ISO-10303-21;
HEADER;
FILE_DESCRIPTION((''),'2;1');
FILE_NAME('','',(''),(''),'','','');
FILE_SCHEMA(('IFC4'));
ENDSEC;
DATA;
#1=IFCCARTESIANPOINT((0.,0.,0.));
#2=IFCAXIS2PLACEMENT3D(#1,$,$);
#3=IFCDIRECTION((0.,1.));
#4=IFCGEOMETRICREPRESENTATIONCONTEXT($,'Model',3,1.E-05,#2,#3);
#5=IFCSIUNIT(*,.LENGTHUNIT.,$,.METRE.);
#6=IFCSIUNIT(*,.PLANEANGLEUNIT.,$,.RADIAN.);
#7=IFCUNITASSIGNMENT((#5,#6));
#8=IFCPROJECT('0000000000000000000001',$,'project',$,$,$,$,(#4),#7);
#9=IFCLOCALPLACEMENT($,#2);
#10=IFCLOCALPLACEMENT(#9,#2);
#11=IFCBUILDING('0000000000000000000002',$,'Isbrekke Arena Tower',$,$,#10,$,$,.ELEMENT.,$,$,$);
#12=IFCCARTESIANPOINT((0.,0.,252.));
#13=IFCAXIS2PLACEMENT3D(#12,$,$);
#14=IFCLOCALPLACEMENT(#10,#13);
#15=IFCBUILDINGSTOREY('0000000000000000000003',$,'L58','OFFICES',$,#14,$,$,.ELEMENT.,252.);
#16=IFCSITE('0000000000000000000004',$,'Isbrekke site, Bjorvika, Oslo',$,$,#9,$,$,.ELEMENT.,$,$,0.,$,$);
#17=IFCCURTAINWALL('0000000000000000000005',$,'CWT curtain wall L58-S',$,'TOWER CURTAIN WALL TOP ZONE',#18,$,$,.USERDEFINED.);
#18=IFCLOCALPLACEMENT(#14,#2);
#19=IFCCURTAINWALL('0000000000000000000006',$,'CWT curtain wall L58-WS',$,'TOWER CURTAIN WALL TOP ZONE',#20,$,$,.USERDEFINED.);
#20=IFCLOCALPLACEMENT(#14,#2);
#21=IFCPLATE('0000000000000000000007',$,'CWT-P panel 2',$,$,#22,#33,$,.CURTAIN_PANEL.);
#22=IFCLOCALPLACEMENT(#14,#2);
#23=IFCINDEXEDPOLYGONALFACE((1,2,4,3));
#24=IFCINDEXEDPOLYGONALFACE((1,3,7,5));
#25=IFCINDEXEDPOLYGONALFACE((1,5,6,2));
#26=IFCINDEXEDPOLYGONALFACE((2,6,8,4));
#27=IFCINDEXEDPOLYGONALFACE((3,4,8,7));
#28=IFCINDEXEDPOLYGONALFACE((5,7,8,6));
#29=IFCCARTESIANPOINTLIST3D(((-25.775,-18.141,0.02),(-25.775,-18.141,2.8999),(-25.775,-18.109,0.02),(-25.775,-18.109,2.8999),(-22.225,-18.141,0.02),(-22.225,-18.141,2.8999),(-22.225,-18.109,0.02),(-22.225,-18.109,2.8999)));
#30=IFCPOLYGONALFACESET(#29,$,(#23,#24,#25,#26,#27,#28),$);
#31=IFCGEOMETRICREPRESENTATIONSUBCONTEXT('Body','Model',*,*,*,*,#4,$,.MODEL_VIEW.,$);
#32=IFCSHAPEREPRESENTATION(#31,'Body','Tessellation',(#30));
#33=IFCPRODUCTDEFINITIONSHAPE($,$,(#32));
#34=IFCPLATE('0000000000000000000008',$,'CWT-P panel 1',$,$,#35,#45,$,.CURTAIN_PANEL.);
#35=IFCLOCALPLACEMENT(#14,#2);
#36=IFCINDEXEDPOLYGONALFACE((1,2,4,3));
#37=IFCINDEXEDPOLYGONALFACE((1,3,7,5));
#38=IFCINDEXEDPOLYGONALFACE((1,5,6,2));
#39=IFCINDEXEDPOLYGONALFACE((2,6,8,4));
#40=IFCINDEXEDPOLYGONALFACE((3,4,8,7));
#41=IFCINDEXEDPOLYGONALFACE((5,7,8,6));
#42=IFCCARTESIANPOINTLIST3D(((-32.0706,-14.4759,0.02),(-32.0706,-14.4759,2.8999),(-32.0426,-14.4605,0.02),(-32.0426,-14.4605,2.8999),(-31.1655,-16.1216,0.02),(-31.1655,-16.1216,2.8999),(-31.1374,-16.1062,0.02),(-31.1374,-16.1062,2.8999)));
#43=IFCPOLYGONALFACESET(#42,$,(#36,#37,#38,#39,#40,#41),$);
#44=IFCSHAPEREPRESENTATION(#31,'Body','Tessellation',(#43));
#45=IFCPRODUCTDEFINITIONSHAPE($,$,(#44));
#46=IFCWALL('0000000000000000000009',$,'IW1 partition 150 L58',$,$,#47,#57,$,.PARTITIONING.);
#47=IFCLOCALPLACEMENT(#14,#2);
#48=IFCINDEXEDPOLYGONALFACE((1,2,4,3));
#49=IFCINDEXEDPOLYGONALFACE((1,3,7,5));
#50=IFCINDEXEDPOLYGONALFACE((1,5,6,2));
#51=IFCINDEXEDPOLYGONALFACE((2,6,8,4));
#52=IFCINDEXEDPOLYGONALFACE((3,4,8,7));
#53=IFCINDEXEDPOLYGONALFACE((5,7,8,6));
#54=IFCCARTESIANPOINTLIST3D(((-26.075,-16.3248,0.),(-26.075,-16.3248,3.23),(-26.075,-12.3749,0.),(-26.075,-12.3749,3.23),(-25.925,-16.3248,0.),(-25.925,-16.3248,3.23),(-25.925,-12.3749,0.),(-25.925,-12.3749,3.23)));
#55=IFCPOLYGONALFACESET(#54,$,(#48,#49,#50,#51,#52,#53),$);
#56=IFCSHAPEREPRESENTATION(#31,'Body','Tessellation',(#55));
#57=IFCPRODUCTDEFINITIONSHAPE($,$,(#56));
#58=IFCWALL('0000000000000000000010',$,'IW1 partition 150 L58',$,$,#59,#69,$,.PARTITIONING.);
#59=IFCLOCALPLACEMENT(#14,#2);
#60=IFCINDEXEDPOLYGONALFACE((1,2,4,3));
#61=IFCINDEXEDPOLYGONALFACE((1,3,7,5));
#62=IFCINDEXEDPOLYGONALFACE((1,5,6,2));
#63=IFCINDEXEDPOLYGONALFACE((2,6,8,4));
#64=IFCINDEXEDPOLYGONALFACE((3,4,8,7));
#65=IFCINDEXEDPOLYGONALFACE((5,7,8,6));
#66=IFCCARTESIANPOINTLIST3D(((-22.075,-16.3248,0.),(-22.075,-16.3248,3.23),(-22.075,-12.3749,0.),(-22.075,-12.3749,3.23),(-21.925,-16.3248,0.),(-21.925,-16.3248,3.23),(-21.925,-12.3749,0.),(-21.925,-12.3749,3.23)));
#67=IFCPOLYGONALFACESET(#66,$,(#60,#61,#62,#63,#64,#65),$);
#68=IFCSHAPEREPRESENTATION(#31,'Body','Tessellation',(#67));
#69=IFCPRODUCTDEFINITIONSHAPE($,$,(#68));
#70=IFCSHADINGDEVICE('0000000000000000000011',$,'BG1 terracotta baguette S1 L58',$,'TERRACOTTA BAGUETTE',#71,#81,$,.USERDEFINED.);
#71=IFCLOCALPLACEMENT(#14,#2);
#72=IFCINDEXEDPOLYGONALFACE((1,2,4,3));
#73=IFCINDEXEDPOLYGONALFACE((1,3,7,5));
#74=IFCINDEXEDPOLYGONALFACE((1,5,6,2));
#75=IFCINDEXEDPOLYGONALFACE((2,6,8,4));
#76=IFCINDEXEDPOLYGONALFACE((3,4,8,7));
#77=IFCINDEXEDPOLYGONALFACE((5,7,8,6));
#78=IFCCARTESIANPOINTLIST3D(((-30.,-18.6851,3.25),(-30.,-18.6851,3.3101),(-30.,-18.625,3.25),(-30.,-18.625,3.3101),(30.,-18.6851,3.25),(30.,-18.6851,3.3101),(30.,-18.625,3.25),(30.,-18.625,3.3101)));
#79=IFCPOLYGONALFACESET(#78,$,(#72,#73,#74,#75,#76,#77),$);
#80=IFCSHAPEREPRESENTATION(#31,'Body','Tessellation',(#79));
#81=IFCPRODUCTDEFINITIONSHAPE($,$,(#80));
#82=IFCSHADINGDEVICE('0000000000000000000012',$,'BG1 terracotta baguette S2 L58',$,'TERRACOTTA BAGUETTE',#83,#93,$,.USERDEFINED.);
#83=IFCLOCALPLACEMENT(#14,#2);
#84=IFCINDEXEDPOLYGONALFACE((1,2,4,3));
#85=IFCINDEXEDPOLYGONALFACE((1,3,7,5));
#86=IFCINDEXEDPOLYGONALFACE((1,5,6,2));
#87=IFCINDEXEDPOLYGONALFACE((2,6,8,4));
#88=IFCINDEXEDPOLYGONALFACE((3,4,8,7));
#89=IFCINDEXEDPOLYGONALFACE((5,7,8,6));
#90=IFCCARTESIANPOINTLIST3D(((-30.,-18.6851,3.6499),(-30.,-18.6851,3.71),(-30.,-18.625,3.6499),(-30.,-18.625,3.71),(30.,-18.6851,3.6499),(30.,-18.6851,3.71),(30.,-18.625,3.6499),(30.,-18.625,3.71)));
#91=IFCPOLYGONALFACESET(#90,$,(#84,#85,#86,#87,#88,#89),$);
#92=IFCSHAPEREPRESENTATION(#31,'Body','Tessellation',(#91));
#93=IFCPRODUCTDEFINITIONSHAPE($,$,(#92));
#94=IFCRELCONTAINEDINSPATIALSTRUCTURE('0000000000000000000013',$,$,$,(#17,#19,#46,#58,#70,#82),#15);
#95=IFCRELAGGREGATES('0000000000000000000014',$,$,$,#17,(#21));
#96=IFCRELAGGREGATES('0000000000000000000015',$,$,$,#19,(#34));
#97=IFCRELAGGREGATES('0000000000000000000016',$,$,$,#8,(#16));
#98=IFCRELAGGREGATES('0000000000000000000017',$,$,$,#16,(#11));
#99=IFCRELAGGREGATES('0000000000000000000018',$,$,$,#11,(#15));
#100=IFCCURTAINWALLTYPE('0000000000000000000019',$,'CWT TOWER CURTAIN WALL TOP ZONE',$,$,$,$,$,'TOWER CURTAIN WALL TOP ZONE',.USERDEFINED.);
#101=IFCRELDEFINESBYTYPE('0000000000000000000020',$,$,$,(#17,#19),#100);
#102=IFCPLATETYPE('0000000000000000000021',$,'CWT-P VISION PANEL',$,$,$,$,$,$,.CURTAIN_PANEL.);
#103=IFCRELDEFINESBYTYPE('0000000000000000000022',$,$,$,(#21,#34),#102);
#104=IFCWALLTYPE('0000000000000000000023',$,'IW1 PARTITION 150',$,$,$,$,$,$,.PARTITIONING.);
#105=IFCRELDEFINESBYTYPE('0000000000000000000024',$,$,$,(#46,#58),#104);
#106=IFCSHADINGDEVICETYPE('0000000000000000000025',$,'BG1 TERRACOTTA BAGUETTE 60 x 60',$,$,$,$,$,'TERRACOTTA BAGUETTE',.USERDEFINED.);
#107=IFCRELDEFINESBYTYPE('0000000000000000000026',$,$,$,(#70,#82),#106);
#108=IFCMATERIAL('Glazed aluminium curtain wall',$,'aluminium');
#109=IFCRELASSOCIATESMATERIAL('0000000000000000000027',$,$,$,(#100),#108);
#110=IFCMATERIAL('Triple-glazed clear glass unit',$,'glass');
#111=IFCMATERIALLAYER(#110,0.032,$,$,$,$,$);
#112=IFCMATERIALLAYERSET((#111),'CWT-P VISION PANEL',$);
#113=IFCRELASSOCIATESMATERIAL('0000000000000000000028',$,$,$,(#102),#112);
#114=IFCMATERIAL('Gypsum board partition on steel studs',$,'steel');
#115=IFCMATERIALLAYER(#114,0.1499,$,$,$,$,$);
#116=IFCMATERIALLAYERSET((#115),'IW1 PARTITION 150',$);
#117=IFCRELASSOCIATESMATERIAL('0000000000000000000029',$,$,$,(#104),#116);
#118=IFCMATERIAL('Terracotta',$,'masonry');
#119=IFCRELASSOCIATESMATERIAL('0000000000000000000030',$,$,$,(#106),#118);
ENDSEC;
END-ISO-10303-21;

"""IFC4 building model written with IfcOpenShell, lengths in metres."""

from ifc_helpers import new_model, si_unit, direction, frame, frame_2d, origin, origin_2d, place, context, subcontext, project, spatial, rectangle, extrude, material, layer, layer_set, material_profile, profile_set, type_object, element, aggregate, save


model = new_model("IFC4")

# Units and contexts
model_context = context("Model", 3, precision=1e-05, world=origin(), true_north=direction((0.0, 1.0)))
body_context = subcontext(model_context, "Body", "Model", "MODEL_VIEW")
ifc_project = project(units=[si_unit("LENGTHUNIT", "METRE"), si_unit("PLANEANGLEUNIT", "RADIAN")], contexts=[model_context])

# Site, building, storey
site_placement = place(None, origin())
site = spatial("IfcSite", under=ifc_project, at=site_placement, Name="Isbrekke site, Bjorvika, Oslo", CompositionType="ELEMENT", RefElevation=0.0)
building_placement = place(site_placement, origin())
building = spatial("IfcBuilding", under=site, at=building_placement, Name="Isbrekke Arena Tower", CompositionType="ELEMENT")
storey_placement = place(building_placement, frame((0.0, 0.0, 252.0)))
storey = spatial("IfcBuildingStorey", under=building, at=storey_placement, Name="L58", Description="OFFICES", CompositionType="ELEMENT", Elevation=252.0)

# Curtain wall
ifc_material_1 = material(Name="Glazed aluminium curtain wall", Category="aluminium")
curtain_wall_type = type_object("IfcCurtainWallType", Name="CWT TOWER CURTAIN WALL TOP ZONE", ElementType="TOWER CURTAIN WALL TOP ZONE", PredefinedType="USERDEFINED", material=ifc_material_1)
curtain_wall_1_placement = place(storey_placement, origin())
curtain_wall_1 = element("IfcCurtainWall", 1, at=curtain_wall_1_placement, inside=storey, type_object=curtain_wall_type, Name="CWT curtain wall L58-S", ObjectType="TOWER CURTAIN WALL TOP ZONE", PredefinedType="USERDEFINED")

# Curtain wall
curtain_wall_2_placement = place(storey_placement, origin())
curtain_wall_2 = element("IfcCurtainWall", 2, at=curtain_wall_2_placement, inside=storey, type_object=curtain_wall_type, Name="CWT curtain wall L58-WS", ObjectType="TOWER CURTAIN WALL TOP ZONE", PredefinedType="USERDEFINED")

# Plates
ifc_material_2 = material(Name="Triple-glazed clear glass unit", Category="glass")
ifc_layer_1 = layer(ifc_material_2, 0.032)
ifc_layer_set_1 = layer_set([ifc_layer_1], Name="CWT-P VISION PANEL")
plate_type = type_object("IfcPlateType", Name="CWT-P VISION PANEL", PredefinedType="CURTAIN_PANEL", material=ifc_layer_set_1)
plate_1_placement = place(storey_placement, frame((-24.0, -18.125, 0.02), z_axis=(0.0, 0.0, 1.0), x_axis=(1.0, 0.0, 0.0)))
plate_1 = element("IfcPlate", 3, at=plate_1_placement, type_object=plate_type, Name="CWT-P panel 2", PredefinedType="CURTAIN_PANEL", context=body_context, shape_type="SweptSolid", body=[
    extrude(rectangle(XDim=3.55, YDim=0.032, at=origin_2d()), origin(), (0.0, 0.0, 1.0), 2.8799),
])
aggregate(curtain_wall_1, [plate_1])
plate_2_placement = place(storey_placement, frame((-31.604, -15.291, 0.02), z_axis=(0.0, 0.0, 1.0), x_axis=(0.481919, -0.876216, 0.0)))
plate_2 = element("IfcPlate", 4, at=plate_2_placement, type_object=plate_type, Name="CWT-P panel 1", PredefinedType="CURTAIN_PANEL", context=body_context, shape_type="SweptSolid", body=[
    extrude(rectangle(XDim=1.8782, YDim=0.032, at=origin_2d()), origin(), (0.0, 0.0, 1.0), 2.8799),
])
aggregate(curtain_wall_2, [plate_2])

# Walls
ifc_material_3 = material(Name="Gypsum board partition on steel studs", Category="steel")
ifc_layer_2 = layer(ifc_material_3, 0.1499)
ifc_layer_set_2 = layer_set([ifc_layer_2], Name="IW1 PARTITION 150")
wall_type = type_object("IfcWallType", Name="IW1 PARTITION 150", PredefinedType="PARTITIONING", material=ifc_layer_set_2)
for number, where, z_axis, x_axis, name in (
    (5, (-26.0, -16.325, 0.0), (0.0, 0.0, 1.0), (0.0, 1.0, 0.0), "IW1 partition 150 L58"),
    (6, (-22.0, -16.325, 0.0), (0.0, 0.0, 1.0), (0.0, 1.0, 0.0), "IW1 partition 150 L58"),
):
    element("IfcWall", number, at=place(storey_placement, frame(where, z_axis=z_axis, x_axis=x_axis)), inside=storey, type_object=wall_type, Name=name, PredefinedType="PARTITIONING", context=body_context, shape_type="SweptSolid", body=[
        extrude(rectangle(XDim=3.95, YDim=0.1499, at=frame_2d((1.9751, 0.0))), origin(), (0.0, 0.0, 1.0), 3.23),
    ])

# Shading devices
ifc_material_4 = material(Name="Terracotta", Category="masonry")
ifc_material_profile_1 = material_profile(ifc_material_4, rectangle(XDim=0.0601, YDim=0.0601, at=origin_2d()), Name="BAGUETTE 60X60")
ifc_profile_set_1 = profile_set([ifc_material_profile_1], Name="Terracotta")
shading_device_type = type_object("IfcShadingDeviceType", Name="BG1 TERRACOTTA BAGUETTE 60 x 60", ElementType="TERRACOTTA BAGUETTE", PredefinedType="USERDEFINED", material=ifc_profile_set_1)
for number, where, z_axis, x_axis, name in (
    (7, (-30.0, -18.655, 3.28), (1.0, 0.0, 0.0), (0.0, 1.0, 0.0), "BG1 terracotta baguette S1 L58"),
    (8, (-30.0, -18.655, 3.6799), (1.0, 0.0, 0.0), (0.0, 1.0, 0.0), "BG1 terracotta baguette S2 L58"),
):
    element("IfcShadingDevice", number, at=place(storey_placement, frame(where, z_axis=z_axis, x_axis=x_axis)), inside=storey, type_object=shading_device_type, Name=name, ObjectType="TERRACOTTA BAGUETTE", PredefinedType="USERDEFINED", context=body_context, shape_type="SweptSolid", body=[
        extrude(rectangle(XDim=0.0601, YDim=0.0601, at=origin_2d()), origin(), (0.0, 0.0, 1.0), 60.0),
    ])

save(model, "model.ifc")
